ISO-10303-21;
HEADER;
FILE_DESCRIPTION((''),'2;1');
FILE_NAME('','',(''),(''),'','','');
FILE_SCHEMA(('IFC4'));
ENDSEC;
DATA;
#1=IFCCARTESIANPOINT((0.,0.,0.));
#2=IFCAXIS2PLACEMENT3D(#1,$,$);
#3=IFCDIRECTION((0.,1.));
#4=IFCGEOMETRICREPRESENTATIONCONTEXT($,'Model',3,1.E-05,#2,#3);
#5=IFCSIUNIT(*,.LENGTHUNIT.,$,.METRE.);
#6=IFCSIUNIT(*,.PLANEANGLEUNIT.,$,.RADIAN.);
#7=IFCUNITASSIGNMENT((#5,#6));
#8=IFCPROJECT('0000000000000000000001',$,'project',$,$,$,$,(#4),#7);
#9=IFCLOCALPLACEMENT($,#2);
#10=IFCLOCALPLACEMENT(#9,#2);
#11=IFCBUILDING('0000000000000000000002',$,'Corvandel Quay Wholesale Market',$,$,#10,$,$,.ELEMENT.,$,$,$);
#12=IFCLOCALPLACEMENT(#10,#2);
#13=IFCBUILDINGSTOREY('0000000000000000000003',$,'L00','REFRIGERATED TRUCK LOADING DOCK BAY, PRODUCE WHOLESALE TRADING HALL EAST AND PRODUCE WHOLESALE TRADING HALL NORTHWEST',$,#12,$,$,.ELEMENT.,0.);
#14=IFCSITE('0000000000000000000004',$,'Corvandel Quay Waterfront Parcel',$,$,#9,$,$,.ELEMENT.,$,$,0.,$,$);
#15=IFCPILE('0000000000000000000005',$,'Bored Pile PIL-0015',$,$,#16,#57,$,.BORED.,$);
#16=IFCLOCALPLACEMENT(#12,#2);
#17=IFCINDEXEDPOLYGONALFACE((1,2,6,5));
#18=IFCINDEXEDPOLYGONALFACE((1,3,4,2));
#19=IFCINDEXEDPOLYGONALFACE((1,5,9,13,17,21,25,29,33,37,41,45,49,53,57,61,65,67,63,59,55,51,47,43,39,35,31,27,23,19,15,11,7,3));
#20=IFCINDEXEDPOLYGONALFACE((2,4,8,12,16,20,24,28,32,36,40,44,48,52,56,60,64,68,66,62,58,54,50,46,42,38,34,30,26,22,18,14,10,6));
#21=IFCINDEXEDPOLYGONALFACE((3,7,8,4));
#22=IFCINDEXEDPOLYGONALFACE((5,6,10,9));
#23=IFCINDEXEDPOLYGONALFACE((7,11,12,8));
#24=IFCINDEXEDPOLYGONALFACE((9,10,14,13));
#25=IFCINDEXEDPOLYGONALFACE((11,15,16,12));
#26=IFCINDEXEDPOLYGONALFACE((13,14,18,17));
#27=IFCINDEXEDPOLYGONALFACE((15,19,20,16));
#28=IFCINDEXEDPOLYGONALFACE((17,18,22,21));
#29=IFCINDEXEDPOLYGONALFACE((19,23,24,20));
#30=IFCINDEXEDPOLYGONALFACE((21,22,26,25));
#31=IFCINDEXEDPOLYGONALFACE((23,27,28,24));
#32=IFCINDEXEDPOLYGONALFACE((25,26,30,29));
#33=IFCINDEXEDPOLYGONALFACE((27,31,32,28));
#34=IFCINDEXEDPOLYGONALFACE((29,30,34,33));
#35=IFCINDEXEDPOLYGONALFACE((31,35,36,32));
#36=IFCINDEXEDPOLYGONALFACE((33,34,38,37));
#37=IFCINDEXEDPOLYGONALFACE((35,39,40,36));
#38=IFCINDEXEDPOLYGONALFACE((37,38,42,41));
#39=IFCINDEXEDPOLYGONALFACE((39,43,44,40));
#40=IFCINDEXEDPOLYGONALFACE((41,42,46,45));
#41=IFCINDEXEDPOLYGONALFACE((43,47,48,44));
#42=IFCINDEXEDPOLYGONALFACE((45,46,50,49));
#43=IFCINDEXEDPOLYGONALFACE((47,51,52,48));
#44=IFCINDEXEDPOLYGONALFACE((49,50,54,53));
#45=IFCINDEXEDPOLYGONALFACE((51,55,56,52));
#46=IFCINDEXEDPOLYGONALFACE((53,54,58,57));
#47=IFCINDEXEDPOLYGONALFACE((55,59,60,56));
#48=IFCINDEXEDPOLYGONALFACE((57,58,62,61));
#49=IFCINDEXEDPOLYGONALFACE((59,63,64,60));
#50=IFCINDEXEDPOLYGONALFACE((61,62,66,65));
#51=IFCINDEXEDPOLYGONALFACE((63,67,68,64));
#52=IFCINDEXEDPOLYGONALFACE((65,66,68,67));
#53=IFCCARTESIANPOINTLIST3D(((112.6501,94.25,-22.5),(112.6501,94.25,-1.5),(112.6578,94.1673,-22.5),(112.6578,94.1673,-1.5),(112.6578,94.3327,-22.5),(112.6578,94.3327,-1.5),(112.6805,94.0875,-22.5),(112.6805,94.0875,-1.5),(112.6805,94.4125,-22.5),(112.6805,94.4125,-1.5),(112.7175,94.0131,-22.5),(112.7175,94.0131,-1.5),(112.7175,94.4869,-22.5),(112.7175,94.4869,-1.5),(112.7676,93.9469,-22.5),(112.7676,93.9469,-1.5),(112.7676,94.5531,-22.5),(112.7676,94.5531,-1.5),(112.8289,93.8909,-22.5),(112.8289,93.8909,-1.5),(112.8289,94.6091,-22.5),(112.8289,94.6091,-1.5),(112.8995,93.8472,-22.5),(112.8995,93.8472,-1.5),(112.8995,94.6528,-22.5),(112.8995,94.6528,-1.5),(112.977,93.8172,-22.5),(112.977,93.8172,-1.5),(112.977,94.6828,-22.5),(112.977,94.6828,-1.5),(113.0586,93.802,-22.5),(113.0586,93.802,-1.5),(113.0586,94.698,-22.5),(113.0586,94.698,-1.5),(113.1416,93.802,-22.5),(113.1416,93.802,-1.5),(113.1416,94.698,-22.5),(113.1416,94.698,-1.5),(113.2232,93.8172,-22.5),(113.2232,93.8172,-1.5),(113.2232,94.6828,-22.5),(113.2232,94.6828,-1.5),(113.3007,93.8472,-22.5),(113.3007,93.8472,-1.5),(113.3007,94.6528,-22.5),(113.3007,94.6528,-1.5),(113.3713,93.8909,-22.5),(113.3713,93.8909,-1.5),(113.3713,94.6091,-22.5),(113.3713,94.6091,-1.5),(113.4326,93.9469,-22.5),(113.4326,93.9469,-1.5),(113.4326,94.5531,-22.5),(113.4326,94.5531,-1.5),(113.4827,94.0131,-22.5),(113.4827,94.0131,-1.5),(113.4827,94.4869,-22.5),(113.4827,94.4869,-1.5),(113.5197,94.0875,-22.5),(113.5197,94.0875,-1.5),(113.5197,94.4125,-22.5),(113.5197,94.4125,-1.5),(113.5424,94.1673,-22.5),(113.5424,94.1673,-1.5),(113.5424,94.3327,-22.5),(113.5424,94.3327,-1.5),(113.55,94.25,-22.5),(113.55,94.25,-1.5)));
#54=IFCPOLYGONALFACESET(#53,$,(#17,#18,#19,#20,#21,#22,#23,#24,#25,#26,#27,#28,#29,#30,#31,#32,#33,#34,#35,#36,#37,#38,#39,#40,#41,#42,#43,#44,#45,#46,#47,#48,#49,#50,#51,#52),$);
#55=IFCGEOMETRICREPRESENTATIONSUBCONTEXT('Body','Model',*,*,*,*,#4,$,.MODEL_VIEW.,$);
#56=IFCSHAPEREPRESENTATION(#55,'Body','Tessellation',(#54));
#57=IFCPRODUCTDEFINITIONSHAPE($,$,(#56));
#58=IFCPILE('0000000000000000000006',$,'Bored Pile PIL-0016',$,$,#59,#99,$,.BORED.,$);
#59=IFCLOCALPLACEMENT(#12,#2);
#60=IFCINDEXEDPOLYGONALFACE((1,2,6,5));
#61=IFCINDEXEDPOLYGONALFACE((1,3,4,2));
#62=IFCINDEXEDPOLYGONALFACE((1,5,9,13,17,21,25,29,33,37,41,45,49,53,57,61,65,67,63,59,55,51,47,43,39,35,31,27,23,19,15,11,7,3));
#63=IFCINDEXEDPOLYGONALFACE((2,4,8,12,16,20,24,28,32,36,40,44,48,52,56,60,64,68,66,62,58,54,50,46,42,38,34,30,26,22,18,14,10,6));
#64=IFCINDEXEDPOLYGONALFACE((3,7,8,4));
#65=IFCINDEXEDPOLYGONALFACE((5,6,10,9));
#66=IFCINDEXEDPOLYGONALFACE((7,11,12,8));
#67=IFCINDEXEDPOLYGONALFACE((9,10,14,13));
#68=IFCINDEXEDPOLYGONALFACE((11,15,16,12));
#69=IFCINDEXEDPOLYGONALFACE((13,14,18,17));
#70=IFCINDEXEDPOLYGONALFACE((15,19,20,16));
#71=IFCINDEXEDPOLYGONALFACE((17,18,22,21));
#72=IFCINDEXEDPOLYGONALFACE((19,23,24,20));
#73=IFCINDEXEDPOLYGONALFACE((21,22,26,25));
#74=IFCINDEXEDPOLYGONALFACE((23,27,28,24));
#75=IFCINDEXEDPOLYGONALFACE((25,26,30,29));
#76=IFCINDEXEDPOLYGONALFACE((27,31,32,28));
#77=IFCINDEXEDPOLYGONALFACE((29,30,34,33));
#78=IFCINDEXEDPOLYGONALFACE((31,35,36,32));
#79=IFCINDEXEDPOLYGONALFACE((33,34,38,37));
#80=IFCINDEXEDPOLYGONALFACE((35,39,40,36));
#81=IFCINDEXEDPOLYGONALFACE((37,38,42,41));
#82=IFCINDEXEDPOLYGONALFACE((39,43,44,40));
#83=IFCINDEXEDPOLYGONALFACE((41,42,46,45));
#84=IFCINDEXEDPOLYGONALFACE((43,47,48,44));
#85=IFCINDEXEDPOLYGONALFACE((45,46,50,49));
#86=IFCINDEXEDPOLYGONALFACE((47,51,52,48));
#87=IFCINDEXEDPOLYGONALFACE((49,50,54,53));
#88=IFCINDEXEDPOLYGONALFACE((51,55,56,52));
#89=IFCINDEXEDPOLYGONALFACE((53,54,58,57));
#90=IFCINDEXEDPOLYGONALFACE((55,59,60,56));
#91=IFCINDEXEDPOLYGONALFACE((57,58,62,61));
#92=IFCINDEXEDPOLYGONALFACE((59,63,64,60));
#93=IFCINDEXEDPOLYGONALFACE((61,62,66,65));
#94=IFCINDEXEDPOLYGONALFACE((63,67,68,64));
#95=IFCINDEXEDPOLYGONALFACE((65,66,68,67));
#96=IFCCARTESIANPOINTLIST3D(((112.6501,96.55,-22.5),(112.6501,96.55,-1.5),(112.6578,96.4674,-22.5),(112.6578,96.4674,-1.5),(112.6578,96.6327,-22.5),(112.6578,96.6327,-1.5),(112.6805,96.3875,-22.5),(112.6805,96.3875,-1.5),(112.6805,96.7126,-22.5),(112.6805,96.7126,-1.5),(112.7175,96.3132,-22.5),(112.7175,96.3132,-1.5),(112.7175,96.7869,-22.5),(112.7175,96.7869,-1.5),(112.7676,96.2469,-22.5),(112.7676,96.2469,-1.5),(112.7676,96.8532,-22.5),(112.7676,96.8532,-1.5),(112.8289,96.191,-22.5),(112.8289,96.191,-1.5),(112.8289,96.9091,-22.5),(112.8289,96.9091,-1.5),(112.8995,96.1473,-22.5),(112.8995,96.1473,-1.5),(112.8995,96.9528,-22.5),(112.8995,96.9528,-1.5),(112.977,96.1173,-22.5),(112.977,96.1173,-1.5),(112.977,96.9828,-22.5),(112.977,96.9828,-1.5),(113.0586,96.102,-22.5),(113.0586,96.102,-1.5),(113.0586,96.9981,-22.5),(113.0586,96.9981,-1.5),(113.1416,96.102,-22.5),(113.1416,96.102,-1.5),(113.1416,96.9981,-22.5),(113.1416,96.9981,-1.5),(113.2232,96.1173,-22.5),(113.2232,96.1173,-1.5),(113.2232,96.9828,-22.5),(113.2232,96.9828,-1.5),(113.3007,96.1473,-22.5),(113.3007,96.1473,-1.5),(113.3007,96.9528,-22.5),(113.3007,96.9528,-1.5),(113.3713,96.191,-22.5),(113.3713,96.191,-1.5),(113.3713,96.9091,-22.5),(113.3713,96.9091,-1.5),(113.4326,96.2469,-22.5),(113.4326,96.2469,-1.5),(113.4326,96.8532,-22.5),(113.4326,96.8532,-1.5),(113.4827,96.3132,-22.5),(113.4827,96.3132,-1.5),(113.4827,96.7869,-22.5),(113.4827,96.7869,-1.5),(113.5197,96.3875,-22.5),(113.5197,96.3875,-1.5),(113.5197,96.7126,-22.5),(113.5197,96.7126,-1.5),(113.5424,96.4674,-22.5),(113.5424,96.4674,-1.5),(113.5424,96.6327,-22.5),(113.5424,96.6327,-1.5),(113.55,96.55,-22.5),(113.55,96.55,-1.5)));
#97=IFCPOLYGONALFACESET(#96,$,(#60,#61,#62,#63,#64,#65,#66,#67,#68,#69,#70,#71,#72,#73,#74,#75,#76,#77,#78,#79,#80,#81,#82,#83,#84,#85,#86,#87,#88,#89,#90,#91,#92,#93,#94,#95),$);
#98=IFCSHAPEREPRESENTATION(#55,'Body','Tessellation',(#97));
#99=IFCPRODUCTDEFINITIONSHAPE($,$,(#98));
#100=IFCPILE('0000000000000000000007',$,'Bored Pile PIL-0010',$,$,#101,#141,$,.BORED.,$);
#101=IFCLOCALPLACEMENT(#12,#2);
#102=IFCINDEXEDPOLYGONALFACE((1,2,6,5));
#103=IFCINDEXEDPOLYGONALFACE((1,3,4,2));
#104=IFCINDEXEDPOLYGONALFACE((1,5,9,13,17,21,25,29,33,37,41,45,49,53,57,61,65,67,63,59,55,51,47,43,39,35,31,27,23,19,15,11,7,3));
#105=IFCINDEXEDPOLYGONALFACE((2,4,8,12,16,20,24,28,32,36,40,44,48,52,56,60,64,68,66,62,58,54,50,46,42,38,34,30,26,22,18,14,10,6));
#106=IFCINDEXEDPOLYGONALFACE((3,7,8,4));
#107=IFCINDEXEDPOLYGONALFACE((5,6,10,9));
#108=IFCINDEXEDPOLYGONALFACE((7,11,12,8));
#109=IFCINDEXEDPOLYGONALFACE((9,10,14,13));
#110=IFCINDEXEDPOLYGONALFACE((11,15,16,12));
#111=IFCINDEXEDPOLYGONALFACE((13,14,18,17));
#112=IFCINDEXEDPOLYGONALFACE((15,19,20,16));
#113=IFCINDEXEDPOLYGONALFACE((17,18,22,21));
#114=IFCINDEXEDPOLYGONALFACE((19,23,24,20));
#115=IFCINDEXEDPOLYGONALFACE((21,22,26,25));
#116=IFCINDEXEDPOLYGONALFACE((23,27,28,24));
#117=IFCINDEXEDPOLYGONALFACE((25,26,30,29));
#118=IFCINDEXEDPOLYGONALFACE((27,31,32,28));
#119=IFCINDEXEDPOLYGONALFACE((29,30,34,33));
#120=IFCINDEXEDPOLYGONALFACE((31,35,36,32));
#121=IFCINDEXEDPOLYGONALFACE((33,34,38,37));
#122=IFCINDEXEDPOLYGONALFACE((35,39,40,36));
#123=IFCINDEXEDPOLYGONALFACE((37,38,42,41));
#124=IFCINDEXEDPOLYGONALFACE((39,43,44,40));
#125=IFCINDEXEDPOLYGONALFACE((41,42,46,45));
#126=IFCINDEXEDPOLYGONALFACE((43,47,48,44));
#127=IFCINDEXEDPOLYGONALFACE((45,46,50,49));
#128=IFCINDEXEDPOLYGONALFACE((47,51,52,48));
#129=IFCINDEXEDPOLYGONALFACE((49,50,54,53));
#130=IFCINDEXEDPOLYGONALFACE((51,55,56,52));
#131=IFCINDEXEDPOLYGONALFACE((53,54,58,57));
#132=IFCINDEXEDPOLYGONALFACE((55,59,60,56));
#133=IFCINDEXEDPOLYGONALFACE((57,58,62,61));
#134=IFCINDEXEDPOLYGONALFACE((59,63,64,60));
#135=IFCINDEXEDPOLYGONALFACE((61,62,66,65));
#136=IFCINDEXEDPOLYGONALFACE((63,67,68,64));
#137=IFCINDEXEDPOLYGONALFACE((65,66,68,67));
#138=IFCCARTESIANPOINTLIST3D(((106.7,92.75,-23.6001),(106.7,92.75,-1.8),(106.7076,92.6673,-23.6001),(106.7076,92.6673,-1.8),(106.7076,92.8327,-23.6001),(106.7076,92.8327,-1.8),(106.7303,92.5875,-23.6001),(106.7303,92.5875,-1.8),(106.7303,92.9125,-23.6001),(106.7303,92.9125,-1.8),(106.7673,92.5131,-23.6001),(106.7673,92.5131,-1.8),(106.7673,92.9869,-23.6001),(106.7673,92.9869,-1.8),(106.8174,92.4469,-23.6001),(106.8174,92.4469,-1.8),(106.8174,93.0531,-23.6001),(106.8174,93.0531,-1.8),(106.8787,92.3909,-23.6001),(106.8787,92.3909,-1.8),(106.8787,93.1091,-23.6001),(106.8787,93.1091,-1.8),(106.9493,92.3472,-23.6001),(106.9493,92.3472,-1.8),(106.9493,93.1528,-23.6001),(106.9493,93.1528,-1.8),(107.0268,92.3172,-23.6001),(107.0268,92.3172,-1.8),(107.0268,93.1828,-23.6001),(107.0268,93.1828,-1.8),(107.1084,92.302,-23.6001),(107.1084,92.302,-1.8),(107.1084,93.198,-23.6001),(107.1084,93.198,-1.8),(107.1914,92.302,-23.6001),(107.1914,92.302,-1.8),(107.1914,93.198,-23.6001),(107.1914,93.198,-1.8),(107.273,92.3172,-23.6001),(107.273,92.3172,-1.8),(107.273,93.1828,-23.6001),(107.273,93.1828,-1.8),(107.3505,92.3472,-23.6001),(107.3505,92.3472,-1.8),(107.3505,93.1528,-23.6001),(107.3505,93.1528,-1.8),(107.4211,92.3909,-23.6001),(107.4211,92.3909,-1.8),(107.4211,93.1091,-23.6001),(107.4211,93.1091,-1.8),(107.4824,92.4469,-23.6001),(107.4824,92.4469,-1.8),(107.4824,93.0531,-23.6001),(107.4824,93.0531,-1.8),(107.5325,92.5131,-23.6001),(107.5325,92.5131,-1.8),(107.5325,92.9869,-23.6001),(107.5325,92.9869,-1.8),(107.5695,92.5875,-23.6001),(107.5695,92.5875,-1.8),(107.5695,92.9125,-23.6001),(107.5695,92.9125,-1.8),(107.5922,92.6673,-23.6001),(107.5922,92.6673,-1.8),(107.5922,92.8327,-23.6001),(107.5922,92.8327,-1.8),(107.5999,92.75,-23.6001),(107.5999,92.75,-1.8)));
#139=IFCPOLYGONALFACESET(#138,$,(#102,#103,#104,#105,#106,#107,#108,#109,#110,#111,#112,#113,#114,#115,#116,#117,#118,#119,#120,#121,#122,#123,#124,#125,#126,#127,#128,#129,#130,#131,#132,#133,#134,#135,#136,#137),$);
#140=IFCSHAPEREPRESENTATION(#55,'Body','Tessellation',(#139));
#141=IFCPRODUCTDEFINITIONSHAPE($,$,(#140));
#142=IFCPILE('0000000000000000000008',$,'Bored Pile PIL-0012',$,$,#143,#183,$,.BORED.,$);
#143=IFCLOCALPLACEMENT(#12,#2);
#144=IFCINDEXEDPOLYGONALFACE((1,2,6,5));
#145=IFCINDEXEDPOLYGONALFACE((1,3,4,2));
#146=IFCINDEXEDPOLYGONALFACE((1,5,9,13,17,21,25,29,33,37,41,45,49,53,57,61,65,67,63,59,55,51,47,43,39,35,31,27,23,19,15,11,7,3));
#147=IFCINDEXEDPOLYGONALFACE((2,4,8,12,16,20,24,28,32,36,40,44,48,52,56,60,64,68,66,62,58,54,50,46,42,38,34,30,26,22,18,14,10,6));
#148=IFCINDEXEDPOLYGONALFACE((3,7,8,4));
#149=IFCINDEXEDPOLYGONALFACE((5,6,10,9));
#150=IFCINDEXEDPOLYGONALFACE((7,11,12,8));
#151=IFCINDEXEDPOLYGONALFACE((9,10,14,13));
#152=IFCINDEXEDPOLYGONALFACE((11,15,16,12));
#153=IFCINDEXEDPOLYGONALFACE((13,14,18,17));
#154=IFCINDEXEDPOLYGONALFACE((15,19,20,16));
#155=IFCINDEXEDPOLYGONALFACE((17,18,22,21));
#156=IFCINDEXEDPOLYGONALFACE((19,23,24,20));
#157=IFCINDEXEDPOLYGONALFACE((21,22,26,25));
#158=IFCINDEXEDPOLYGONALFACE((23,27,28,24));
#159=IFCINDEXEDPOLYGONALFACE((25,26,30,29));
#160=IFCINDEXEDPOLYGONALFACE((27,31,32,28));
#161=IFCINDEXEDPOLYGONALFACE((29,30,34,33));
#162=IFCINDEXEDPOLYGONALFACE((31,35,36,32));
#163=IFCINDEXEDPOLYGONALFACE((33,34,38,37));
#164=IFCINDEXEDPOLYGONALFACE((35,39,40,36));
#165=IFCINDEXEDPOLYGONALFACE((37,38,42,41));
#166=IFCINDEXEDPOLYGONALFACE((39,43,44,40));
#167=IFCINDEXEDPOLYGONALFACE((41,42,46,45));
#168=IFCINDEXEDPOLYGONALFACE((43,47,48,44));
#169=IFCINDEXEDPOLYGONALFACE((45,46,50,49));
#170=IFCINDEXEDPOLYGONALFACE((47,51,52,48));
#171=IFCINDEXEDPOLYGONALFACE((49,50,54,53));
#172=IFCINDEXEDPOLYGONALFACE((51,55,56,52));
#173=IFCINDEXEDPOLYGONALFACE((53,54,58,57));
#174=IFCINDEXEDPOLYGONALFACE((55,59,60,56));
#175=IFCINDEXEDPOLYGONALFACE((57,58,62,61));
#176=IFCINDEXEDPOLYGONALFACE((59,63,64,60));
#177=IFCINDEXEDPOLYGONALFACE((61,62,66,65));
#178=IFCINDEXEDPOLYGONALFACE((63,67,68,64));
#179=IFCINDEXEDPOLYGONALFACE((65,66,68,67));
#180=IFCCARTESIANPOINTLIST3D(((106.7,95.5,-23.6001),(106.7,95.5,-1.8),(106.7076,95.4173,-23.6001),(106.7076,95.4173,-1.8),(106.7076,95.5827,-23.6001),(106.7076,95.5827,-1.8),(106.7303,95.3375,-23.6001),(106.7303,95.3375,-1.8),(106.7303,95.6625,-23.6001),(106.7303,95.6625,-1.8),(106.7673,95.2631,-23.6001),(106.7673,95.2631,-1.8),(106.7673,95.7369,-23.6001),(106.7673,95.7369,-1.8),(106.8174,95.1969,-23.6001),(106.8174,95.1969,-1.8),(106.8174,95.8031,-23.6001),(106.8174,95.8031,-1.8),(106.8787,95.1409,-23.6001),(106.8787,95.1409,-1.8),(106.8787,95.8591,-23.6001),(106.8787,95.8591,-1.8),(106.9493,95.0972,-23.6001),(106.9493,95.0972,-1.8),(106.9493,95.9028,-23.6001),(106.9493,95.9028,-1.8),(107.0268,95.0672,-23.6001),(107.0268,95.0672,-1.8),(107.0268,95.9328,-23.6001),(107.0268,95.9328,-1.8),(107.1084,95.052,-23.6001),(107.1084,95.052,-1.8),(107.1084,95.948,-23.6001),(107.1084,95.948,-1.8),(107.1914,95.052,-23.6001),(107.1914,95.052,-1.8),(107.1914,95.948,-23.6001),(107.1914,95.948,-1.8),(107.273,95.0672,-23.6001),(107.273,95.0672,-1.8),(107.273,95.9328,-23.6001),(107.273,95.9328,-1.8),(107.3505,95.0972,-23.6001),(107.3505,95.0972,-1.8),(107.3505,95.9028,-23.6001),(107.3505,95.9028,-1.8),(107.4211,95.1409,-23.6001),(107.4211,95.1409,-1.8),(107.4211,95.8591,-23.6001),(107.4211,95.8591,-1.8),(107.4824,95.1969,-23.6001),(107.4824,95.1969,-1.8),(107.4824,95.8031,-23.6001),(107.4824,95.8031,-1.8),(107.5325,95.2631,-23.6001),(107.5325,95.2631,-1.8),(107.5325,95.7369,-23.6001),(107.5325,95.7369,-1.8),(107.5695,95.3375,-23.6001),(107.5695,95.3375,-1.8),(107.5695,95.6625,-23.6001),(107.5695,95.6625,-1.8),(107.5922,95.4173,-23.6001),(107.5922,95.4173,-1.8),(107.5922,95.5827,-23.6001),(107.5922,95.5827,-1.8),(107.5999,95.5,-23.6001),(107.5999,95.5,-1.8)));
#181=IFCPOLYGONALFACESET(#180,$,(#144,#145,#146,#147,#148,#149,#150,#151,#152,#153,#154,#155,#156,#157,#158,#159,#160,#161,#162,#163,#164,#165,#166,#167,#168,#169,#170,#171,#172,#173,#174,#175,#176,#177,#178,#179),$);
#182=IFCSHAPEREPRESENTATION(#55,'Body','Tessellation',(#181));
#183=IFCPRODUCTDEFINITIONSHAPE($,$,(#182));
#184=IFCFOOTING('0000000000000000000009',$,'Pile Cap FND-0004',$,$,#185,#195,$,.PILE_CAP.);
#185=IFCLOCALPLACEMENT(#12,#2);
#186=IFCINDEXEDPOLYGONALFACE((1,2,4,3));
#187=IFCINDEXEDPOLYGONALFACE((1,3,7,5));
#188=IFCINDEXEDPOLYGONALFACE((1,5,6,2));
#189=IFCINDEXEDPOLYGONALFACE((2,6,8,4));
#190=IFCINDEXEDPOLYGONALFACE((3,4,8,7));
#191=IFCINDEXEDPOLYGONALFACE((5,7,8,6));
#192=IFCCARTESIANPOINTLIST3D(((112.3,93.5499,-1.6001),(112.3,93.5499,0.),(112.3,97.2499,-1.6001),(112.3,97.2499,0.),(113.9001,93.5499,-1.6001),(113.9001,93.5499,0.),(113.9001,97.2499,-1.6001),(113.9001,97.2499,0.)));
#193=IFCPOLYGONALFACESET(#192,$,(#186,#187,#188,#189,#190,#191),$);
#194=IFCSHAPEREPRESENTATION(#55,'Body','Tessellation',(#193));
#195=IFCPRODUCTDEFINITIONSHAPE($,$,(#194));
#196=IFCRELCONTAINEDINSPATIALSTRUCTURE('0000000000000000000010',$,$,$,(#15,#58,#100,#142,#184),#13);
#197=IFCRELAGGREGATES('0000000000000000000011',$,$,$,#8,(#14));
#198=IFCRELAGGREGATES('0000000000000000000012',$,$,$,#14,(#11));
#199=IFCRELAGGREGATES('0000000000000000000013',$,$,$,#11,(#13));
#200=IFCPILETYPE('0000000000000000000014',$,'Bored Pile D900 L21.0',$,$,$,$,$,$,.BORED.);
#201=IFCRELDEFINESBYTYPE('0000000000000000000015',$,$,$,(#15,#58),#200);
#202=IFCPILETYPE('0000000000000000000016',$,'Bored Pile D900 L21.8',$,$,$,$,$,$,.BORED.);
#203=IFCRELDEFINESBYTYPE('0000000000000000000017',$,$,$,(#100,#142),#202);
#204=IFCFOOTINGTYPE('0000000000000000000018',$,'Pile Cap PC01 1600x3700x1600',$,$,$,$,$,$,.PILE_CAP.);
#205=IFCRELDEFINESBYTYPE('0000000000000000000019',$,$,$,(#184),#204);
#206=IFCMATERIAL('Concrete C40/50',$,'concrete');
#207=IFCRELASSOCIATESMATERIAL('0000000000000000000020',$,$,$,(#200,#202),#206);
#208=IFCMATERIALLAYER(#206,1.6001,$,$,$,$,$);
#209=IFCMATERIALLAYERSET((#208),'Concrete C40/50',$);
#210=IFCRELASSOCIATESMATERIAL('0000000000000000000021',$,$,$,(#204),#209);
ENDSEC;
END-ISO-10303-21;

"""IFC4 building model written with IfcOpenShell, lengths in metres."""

from ifc_helpers import new_model, si_unit, direction, frame, origin, origin_2d, place, context, subcontext, project, spatial, rectangle, circle, extrude, material, layer, layer_set, material_profile, profile_set, type_object, element, save


model = new_model("IFC4")

# Units and contexts
model_context = context("Model", 3, precision=1e-05, world=origin(), true_north=direction((0.0, 1.0)))
body_context = subcontext(model_context, "Body", "Model", "MODEL_VIEW")
ifc_project = project(units=[si_unit("LENGTHUNIT", "METRE"), si_unit("PLANEANGLEUNIT", "RADIAN")], contexts=[model_context])

# Site, building, storey
site_placement = place(None, origin())
site = spatial("IfcSite", under=ifc_project, at=site_placement, Name="Corvandel Quay Waterfront Parcel", CompositionType="ELEMENT", RefElevation=0.0)
building_placement = place(site_placement, origin())
building = spatial("IfcBuilding", under=site, at=building_placement, Name="Corvandel Quay Wholesale Market", CompositionType="ELEMENT")
storey_placement = place(building_placement, origin())
storey = spatial("IfcBuildingStorey", under=building, at=storey_placement, Name="L00", Description="REFRIGERATED TRUCK LOADING DOCK BAY, PRODUCE WHOLESALE TRADING HALL EAST AND PRODUCE WHOLESALE TRADING HALL NORTHWEST", CompositionType="ELEMENT", Elevation=0.0)

# Piles
ifc_material_1 = material(Name="Concrete C40/50", Category="concrete")
ifc_material_profile_1 = material_profile(ifc_material_1, circle(Radius=0.45, at=origin_2d()), Name="RC-PILE-D900")
ifc_profile_set_1 = profile_set([ifc_material_profile_1], Name="Concrete C40/50")
pile_type_1 = type_object("IfcPileType", Name="Bored Pile D900 L21.0", PredefinedType="BORED", material=ifc_profile_set_1)
for number, where, z_axis, x_axis, name in (
    (1, (113.1001, 94.25, -1.5), (0.0, 0.0, -1.0), (1.0, 0.0, 0.0), "Bored Pile PIL-0015"),
    (2, (113.1001, 96.55, -1.5), (0.0, 0.0, -1.0), (1.0, 0.0, 0.0), "Bored Pile PIL-0016"),
):
    element("IfcPile", number, at=place(storey_placement, frame(where, z_axis=z_axis, x_axis=x_axis)), inside=storey, type_object=pile_type_1, Name=name, PredefinedType="BORED", context=body_context, shape_type="SweptSolid", body=[
        extrude(circle(Radius=0.45, at=origin_2d()), origin(), (0.0, 0.0, 1.0), 21.0),
    ])
ifc_material_profile_2 = material_profile(ifc_material_1, circle(Radius=0.45, at=origin_2d()), Name="RC-PILE-D900")
ifc_profile_set_2 = profile_set([ifc_material_profile_2], Name="Concrete C40/50")
pile_type_2 = type_object("IfcPileType", Name="Bored Pile D900 L21.8", PredefinedType="BORED", material=ifc_profile_set_2)
for number, where, z_axis, x_axis, name in (
    (3, (107.1499, 92.75, -1.8), (0.0, 0.0, -1.0), (1.0, 0.0, 0.0), "Bored Pile PIL-0010"),
    (4, (107.1499, 95.5, -1.8), (0.0, 0.0, -1.0), (1.0, 0.0, 0.0), "Bored Pile PIL-0012"),
):
    element("IfcPile", number, at=place(storey_placement, frame(where, z_axis=z_axis, x_axis=x_axis)), inside=storey, type_object=pile_type_2, Name=name, PredefinedType="BORED", context=body_context, shape_type="SweptSolid", body=[
        extrude(circle(Radius=0.45, at=origin_2d()), origin(), (0.0, 0.0, 1.0), 21.8),
    ])

# Footing
ifc_layer_1 = layer(ifc_material_1, 1.6001)
ifc_layer_set_1 = layer_set([ifc_layer_1], Name="Concrete C40/50")
footing_type = type_object("IfcFootingType", Name="Pile Cap PC01 1600x3700x1600", PredefinedType="PILE_CAP", material=ifc_layer_set_1)
footing_placement = place(storey_placement, frame((113.1001, 95.3999, -1.6001), z_axis=(0.0, 0.0, 1.0), x_axis=(1.0, 0.0, 0.0)))
element("IfcFooting", 5, at=footing_placement, inside=storey, type_object=footing_type, Name="Pile Cap FND-0004", PredefinedType="PILE_CAP", context=body_context, shape_type="SweptSolid", body=[
    extrude(rectangle(XDim=1.6001, YDim=3.7, at=origin_2d()), origin(), (0.0, 0.0, 1.0), 1.6001),
])

save(model, "model.ifc")
